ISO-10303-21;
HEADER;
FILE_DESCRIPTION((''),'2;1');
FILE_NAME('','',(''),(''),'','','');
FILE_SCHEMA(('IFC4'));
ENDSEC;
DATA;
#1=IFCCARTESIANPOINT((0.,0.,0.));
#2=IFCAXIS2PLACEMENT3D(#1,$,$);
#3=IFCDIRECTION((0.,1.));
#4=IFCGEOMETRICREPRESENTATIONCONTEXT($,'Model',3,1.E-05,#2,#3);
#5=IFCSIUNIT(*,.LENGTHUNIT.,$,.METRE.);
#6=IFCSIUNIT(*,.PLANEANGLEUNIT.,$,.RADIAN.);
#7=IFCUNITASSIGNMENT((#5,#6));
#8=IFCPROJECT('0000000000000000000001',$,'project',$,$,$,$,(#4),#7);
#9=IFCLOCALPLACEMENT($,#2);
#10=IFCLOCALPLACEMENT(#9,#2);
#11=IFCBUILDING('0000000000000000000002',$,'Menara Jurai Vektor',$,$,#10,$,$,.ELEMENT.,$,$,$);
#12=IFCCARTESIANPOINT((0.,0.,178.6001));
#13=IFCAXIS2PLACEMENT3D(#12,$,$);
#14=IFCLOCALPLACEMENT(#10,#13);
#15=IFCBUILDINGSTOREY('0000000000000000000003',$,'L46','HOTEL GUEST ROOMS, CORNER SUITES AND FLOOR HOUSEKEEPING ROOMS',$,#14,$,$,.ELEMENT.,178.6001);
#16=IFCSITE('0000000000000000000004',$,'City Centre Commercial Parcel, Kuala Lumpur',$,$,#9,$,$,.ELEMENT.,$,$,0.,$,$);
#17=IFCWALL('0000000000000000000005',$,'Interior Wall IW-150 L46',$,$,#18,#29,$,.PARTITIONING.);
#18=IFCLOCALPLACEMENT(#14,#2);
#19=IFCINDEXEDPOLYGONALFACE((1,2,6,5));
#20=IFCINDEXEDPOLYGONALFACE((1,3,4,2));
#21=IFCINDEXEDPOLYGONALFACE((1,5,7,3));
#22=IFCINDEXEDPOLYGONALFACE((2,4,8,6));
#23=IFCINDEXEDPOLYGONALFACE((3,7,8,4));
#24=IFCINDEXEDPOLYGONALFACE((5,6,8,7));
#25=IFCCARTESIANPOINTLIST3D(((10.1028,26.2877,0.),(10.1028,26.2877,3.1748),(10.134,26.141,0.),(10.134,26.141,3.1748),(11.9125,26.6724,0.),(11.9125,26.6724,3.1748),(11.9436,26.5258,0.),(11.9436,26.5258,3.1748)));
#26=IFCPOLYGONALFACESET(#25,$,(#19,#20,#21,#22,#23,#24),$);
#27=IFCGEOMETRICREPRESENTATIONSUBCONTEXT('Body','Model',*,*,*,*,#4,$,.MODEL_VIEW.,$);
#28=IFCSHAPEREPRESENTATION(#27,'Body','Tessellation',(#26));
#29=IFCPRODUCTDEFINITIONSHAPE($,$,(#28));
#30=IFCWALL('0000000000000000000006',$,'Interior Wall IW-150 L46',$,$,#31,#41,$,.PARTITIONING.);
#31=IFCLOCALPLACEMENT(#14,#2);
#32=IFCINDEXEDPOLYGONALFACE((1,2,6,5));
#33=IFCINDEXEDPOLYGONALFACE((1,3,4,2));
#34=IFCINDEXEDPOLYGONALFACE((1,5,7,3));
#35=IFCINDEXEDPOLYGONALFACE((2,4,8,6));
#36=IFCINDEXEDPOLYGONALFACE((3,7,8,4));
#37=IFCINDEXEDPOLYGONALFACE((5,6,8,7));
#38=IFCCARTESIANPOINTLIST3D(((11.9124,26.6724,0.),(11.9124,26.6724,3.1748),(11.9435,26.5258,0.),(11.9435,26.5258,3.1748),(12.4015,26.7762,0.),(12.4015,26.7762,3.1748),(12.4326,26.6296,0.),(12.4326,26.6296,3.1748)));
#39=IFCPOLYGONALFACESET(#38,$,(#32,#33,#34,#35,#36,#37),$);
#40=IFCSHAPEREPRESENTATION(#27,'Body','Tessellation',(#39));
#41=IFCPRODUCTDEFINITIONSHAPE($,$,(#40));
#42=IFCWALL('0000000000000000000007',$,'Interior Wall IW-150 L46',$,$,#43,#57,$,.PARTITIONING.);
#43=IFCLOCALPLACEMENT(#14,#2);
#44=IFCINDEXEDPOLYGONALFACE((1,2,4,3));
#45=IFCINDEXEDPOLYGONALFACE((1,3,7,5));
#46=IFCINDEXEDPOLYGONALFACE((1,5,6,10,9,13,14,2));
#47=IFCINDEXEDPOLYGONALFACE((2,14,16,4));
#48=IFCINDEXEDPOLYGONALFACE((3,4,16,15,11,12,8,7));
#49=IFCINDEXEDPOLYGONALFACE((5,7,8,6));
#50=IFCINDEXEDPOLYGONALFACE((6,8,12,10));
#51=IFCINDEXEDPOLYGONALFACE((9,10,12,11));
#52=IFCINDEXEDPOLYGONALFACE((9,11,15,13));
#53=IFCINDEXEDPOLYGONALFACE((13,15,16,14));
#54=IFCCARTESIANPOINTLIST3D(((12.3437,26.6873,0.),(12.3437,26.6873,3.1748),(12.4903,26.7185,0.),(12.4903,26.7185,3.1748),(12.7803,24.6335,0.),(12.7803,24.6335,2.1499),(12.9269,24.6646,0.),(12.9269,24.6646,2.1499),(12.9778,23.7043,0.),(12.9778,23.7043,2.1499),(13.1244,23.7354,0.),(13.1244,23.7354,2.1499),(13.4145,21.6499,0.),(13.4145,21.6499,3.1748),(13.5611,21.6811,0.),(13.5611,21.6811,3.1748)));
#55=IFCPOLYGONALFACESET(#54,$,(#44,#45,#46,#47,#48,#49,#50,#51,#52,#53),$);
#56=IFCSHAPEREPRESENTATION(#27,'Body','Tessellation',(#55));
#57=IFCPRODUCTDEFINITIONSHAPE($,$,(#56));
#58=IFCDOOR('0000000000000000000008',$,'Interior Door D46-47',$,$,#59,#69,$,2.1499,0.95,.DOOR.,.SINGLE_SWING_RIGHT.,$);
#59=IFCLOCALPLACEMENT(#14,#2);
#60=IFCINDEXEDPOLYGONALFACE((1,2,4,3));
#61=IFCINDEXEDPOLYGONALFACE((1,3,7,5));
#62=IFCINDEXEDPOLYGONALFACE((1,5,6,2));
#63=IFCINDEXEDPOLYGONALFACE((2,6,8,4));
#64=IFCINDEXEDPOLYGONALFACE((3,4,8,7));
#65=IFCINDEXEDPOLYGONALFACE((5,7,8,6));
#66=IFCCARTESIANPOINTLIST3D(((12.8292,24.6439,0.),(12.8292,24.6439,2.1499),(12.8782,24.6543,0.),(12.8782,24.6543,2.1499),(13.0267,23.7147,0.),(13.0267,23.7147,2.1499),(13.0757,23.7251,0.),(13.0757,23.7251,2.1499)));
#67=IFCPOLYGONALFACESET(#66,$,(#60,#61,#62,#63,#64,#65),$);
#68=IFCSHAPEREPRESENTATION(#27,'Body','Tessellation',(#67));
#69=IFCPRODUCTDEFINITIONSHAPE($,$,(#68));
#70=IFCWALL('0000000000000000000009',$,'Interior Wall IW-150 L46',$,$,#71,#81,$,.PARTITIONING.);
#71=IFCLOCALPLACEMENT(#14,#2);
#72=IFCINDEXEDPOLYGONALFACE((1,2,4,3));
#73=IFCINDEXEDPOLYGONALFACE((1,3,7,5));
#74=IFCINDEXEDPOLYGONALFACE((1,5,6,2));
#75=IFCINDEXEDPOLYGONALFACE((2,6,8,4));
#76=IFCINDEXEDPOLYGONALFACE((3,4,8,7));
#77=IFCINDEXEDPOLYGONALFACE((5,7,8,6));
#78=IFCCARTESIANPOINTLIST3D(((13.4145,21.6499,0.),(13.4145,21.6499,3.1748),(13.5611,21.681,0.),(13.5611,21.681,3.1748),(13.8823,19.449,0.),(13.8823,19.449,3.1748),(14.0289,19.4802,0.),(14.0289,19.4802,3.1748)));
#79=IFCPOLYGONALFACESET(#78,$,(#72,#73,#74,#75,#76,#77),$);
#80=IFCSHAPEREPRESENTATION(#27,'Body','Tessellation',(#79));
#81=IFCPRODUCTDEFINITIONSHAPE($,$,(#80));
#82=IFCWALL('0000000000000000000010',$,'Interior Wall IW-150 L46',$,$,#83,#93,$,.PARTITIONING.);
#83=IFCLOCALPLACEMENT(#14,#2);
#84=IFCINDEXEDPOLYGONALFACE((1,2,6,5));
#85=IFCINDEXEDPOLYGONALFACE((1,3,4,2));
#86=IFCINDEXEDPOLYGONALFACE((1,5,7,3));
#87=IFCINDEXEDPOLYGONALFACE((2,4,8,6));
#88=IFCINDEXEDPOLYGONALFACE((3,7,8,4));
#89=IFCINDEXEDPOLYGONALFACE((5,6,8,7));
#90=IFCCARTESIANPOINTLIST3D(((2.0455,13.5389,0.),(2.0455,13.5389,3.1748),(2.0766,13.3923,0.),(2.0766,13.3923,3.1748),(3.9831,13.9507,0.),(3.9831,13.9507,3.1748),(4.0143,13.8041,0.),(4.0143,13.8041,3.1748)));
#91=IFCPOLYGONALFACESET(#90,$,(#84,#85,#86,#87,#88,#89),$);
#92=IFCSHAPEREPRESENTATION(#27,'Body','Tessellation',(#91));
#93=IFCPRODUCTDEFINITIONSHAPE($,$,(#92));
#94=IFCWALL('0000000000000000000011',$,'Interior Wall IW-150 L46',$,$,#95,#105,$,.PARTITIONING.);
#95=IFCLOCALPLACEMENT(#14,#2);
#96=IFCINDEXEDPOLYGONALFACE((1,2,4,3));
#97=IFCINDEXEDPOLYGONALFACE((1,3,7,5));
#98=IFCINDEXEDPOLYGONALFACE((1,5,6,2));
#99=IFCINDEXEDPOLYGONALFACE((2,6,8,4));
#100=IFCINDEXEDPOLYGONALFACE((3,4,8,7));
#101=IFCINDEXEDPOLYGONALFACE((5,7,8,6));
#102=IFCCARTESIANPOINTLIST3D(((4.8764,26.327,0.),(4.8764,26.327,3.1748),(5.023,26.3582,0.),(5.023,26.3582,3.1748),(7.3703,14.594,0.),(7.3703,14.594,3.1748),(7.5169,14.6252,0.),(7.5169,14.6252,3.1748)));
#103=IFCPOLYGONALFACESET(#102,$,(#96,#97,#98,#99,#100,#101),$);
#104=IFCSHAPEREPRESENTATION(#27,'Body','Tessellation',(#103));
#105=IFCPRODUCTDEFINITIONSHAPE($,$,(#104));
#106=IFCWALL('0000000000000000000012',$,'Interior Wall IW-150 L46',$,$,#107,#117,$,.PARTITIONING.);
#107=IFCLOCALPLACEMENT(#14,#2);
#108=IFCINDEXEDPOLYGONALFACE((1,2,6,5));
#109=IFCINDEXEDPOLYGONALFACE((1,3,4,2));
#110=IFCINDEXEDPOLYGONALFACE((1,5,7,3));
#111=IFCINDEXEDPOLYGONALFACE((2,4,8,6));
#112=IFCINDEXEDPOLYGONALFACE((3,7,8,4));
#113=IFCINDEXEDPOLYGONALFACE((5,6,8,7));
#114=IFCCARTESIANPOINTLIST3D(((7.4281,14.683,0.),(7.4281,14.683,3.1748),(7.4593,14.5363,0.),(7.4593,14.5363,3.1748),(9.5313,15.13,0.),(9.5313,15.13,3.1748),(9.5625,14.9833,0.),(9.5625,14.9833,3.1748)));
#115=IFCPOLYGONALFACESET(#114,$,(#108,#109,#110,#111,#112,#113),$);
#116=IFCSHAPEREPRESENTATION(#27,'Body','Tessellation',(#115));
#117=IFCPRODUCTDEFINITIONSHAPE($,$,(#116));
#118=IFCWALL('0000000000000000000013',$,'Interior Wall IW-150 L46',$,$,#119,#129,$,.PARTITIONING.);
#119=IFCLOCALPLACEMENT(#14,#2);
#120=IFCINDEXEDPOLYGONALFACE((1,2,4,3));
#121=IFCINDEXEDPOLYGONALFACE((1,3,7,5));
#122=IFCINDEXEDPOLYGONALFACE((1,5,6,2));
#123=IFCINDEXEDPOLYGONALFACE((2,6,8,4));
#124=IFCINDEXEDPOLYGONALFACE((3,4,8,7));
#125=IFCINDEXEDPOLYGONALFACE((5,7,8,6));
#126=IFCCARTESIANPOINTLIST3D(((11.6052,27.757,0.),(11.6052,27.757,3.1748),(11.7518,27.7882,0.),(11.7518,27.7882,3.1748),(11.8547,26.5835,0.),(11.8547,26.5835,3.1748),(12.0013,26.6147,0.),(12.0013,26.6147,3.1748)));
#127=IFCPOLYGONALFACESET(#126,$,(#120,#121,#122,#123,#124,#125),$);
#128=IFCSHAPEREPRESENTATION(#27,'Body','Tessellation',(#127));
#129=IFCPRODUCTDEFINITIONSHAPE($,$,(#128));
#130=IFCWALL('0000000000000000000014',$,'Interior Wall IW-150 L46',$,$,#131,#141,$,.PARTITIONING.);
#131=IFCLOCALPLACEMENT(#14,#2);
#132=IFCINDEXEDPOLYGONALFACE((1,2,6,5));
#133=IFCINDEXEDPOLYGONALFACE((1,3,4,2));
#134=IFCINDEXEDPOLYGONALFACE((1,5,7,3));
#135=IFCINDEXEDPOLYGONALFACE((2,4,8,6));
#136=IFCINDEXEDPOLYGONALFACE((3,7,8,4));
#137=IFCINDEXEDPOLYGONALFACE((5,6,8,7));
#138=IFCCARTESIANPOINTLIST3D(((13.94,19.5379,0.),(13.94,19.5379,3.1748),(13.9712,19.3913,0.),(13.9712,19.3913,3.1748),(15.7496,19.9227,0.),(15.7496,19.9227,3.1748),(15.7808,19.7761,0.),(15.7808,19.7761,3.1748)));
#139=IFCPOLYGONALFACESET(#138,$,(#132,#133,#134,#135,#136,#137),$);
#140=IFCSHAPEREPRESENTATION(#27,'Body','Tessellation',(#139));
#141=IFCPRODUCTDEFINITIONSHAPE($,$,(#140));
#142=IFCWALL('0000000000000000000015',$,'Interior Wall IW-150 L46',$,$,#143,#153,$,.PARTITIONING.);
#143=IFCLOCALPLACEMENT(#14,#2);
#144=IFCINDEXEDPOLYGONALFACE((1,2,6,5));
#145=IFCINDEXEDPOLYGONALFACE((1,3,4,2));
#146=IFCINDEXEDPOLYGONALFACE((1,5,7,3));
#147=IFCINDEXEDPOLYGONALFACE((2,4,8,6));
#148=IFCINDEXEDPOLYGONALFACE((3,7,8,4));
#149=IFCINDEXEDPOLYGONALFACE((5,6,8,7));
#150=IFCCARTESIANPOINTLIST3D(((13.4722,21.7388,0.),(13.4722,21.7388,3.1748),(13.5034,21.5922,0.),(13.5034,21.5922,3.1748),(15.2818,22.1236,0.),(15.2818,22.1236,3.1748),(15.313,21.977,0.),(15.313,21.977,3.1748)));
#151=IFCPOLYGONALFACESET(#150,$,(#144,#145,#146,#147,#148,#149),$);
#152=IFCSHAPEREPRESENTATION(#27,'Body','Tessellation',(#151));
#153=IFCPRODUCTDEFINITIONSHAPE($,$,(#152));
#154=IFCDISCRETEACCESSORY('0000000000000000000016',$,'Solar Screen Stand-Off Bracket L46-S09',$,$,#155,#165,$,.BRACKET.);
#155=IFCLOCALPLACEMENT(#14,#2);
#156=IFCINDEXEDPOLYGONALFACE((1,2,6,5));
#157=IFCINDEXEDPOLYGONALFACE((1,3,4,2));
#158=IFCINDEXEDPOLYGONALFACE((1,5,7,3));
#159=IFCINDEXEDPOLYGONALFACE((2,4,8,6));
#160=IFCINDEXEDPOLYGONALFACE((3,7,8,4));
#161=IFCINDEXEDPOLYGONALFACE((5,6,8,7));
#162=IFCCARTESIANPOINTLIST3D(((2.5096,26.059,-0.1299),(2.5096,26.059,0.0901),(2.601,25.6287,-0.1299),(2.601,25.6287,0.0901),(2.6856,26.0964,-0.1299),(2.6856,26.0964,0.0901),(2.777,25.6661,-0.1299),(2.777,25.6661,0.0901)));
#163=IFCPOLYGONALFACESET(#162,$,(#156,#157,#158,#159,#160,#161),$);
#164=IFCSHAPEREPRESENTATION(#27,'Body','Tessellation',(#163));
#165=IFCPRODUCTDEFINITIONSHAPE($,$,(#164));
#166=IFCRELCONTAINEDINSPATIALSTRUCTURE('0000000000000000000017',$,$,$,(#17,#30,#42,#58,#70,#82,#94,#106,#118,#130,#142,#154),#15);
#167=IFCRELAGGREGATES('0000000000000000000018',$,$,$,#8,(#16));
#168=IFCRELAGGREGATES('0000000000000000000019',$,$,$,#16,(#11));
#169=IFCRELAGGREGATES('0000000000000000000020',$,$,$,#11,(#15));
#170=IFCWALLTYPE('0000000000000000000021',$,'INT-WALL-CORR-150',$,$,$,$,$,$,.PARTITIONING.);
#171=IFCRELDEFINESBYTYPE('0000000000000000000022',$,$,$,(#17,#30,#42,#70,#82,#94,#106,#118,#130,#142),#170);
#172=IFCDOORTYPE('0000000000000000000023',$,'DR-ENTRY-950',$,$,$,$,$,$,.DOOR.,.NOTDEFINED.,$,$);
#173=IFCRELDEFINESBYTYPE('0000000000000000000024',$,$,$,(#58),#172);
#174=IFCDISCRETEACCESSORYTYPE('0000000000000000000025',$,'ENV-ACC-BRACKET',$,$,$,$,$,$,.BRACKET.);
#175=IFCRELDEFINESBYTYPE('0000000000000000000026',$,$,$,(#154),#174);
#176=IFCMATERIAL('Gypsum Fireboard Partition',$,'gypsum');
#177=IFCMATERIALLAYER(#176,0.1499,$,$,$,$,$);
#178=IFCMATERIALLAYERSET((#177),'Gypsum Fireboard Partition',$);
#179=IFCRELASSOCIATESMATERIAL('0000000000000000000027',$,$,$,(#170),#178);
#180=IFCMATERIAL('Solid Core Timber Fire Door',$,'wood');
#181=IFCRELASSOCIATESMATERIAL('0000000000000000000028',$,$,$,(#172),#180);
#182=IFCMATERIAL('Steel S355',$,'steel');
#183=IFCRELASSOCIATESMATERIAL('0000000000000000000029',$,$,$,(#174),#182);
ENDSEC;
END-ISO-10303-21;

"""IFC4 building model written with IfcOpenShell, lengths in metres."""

from ifc_helpers import new_model, si_unit, direction, frame, frame_2d, origin, origin_2d, place, context, subcontext, project, spatial, rectangle, extrude, material, layer, layer_set, type_object, element, fill, save


model = new_model("IFC4")

# Units and contexts
model_context = context("Model", 3, precision=1e-05, world=origin(), true_north=direction((0.0, 1.0)))
body_context = subcontext(model_context, "Body", "Model", "MODEL_VIEW")
ifc_project = project(units=[si_unit("LENGTHUNIT", "METRE"), si_unit("PLANEANGLEUNIT", "RADIAN")], contexts=[model_context])

# Site, building, storey
site_placement = place(None, origin())
site = spatial("IfcSite", under=ifc_project, at=site_placement, Name="City Centre Commercial Parcel, Kuala Lumpur", CompositionType="ELEMENT", RefElevation=0.0)
building_placement = place(site_placement, origin())
building = spatial("IfcBuilding", under=site, at=building_placement, Name="Menara Jurai Vektor", CompositionType="ELEMENT")
storey_placement = place(building_placement, frame((0.0, 0.0, 178.6001)))
storey = spatial("IfcBuildingStorey", under=building, at=storey_placement, Name="L46", Description="HOTEL GUEST ROOMS, CORNER SUITES AND FLOOR HOUSEKEEPING ROOMS", CompositionType="ELEMENT", Elevation=178.6001)

# Shared definitions
ifc_material_1 = material(Name="Steel S355", Category="steel")

# Walls
ifc_material_2 = material(Name="Gypsum Fireboard Partition", Category="gypsum")
ifc_layer_1 = layer(ifc_material_2, 0.1499)
ifc_layer_set_1 = layer_set([ifc_layer_1], Name="Gypsum Fireboard Partition")
wall_type = type_object("IfcWallType", Name="INT-WALL-CORR-150", PredefinedType="PARTITIONING", material=ifc_layer_set_1)
wall_1_placement = place(storey_placement, frame((10.1184, 26.2144, 0.0), z_axis=(0.0, 0.0, 1.0), x_axis=(0.978133, 0.207979, 0.0)))
element("IfcWall", 1, at=wall_1_placement, inside=storey, type_object=wall_type, Name="Interior Wall IW-150 L46", PredefinedType="PARTITIONING", context=body_context, shape_type="SweptSolid", body=[
    extrude(rectangle(XDim=1.8501, YDim=0.1499, at=frame_2d((0.925, 0.0))), origin(), (0.0, 0.0, 1.0), 3.1748),
])
wall_2_placement = place(storey_placement, frame((11.928, 26.5991, 0.0), z_axis=(0.0, 0.0, 1.0), x_axis=(0.978222, 0.207561, 0.0)))
element("IfcWall", 2, at=wall_2_placement, inside=storey, type_object=wall_type, Name="Interior Wall IW-150 L46", PredefinedType="PARTITIONING", context=body_context, shape_type="SweptSolid", body=[
    extrude(rectangle(XDim=0.5, YDim=0.1499, at=frame_2d((0.25, 0.0))), origin(), (0.0, 0.0, 1.0), 3.1748),
])

# Wall, opening, door
wall_3_placement = place(storey_placement, frame((13.4878, 21.6655, 0.0), z_axis=(0.0, 0.0, 1.0), x_axis=(-0.207926, 0.978145, 0.0)))
wall_3 = element("IfcWall", 3, at=wall_3_placement, inside=storey, type_object=wall_type, Name="Interior Wall IW-150 L46", PredefinedType="PARTITIONING", context=body_context, shape_type="SweptSolid", body=[
    extrude(rectangle(XDim=5.1499, YDim=0.1499, at=frame_2d((2.575, 0.0))), origin(), (0.0, 0.0, 1.0), 3.1748),
])
opening_placement = place(wall_3_placement, frame((2.1001, 0.0, 0.0)))
opening = element("IfcOpeningElement", 4, at=opening_placement, cuts=wall_3, PredefinedType="OPENING", context=body_context, shape_type="SweptSolid", body=[
    extrude(rectangle(XDim=0.95, YDim=2.1499, at=frame_2d((0.4751, 1.075))), frame((0.0, 0.085, 0.0), z_axis=(0.0, -1.0, 0.0), x_axis=(1.0, 0.0, 0.0)), (0.0, 0.0, 1.0), 0.1699),
])
ifc_material_3 = material(Name="Solid Core Timber Fire Door", Category="wood")
door_type = type_object("IfcDoorType", Name="DR-ENTRY-950", OperationType="NOTDEFINED", PredefinedType="DOOR", material=ifc_material_3)
door_placement = place(opening_placement, origin())
door = element("IfcDoor", 5, at=door_placement, inside=storey, type_object=door_type, Name="Interior Door D46-47", OperationType="SINGLE_SWING_RIGHT", OverallHeight=2.1499, OverallWidth=0.95, PredefinedType="DOOR", context=body_context, shape_type="SweptSolid", body=[
    extrude(rectangle(XDim=0.95, YDim=2.1499, at=frame_2d((0.4751, 1.075))), frame((0.0, 0.0249, 0.0), z_axis=(0.0, -1.0, 0.0), x_axis=(1.0, 0.0, 0.0)), (0.0, 0.0, 1.0), 0.05),
])
fill(opening, door)

# Walls
wall_4_placement = place(storey_placement, frame((13.9556, 19.4646, 0.0), z_axis=(0.0, 0.0, 1.0), x_axis=(-0.207891, 0.978152, 0.0)))
element("IfcWall", 6, at=wall_4_placement, inside=storey, type_object=wall_type, Name="Interior Wall IW-150 L46", PredefinedType="PARTITIONING", context=body_context, shape_type="SweptSolid", body=[
    extrude(rectangle(XDim=2.25, YDim=0.1499, at=frame_2d((1.125, 0.0))), origin(), (0.0, 0.0, 1.0), 3.1748),
])
wall_5_placement = place(storey_placement, frame((2.061, 13.4656, 0.0), z_axis=(0.0, 0.0, 1.0), x_axis=(0.978149, 0.207904, 0.0)))
element("IfcWall", 7, at=wall_5_placement, inside=storey, type_object=wall_type, Name="Interior Wall IW-150 L46", PredefinedType="PARTITIONING", context=body_context, shape_type="SweptSolid", body=[
    extrude(rectangle(XDim=1.981, YDim=0.1499, at=frame_2d((0.9905, 0.0))), origin(), (0.0, 0.0, 1.0), 3.1748),
])
wall_6_placement = place(storey_placement, frame((7.4436, 14.6096, 0.0), z_axis=(0.0, 0.0, 1.0), x_axis=(-0.207911, 0.978148, 0.0)))
element("IfcWall", 8, at=wall_6_placement, inside=storey, type_object=wall_type, Name="Interior Wall IW-150 L46", PredefinedType="PARTITIONING", context=body_context, shape_type="SweptSolid", body=[
    extrude(rectangle(XDim=11.9951, YDim=0.1499, at=frame_2d((5.9976, 0.0))), origin(), (0.0, 0.0, 1.0), 3.1748),
])
wall_7_placement = place(storey_placement, frame((7.4436, 14.6096, 0.0), z_axis=(0.0, 0.0, 1.0), x_axis=(0.978152, 0.207893, 0.0)))
element("IfcWall", 9, at=wall_7_placement, inside=storey, type_object=wall_type, Name="Interior Wall IW-150 L46", PredefinedType="PARTITIONING", context=body_context, shape_type="SweptSolid", body=[
    extrude(rectangle(XDim=2.1501, YDim=0.1499, at=frame_2d((1.0752, 0.0))), origin(), (0.0, 0.0, 1.0), 3.1748),
])
wall_8_placement = place(storey_placement, frame((11.928, 26.5991, 0.0), z_axis=(0.0, 0.0, 1.0), x_axis=(-0.207959, 0.978138, 0.0)))
element("IfcWall", 10, at=wall_8_placement, inside=storey, type_object=wall_type, Name="Interior Wall IW-150 L46", PredefinedType="PARTITIONING", context=body_context, shape_type="SweptSolid", body=[
    extrude(rectangle(XDim=1.1997, YDim=0.1499, at=frame_2d((0.5999, 0.0))), origin(), (0.0, 0.0, 1.0), 3.1748),
])
for number, where, z_axis, x_axis, name in (
    (11, (13.9556, 19.4646, 0.0), (0.0, 0.0, 1.0), (0.978133, 0.207979, 0.0), "Interior Wall IW-150 L46"),
    (12, (13.4878, 21.6655, 0.0), (0.0, 0.0, 1.0), (0.978133, 0.207979, 0.0), "Interior Wall IW-150 L46"),
):
    element("IfcWall", number, at=place(storey_placement, frame(where, z_axis=z_axis, x_axis=x_axis)), inside=storey, type_object=wall_type, Name=name, PredefinedType="PARTITIONING", context=body_context, shape_type="SweptSolid", body=[
        extrude(rectangle(XDim=1.8501, YDim=0.1499, at=frame_2d((0.925, 0.0))), origin(), (0.0, 0.0, 1.0), 3.1748),
    ])

# Discrete accessory
discrete_accessory_type = type_object("IfcDiscreteAccessoryType", Name="ENV-ACC-BRACKET", PredefinedType="BRACKET", material=ifc_material_1)
discrete_accessory_placement = place(storey_placement, frame((2.6433, 25.8625, -0.1299), z_axis=(0.0, 0.0, 1.0), x_axis=(-0.978148, -0.207912, 0.0)))
element("IfcDiscreteAccessory", 13, at=discrete_accessory_placement, inside=storey, type_object=discrete_accessory_type, Name="Solar Screen Stand-Off Bracket L46-S09", PredefinedType="BRACKET", context=body_context, shape_type="SweptSolid", body=[
    extrude(rectangle(XDim=0.1799, YDim=0.4399, at=origin_2d()), origin(), (0.0, 0.0, 1.0), 0.22),
])

save(model, "model.ifc")
